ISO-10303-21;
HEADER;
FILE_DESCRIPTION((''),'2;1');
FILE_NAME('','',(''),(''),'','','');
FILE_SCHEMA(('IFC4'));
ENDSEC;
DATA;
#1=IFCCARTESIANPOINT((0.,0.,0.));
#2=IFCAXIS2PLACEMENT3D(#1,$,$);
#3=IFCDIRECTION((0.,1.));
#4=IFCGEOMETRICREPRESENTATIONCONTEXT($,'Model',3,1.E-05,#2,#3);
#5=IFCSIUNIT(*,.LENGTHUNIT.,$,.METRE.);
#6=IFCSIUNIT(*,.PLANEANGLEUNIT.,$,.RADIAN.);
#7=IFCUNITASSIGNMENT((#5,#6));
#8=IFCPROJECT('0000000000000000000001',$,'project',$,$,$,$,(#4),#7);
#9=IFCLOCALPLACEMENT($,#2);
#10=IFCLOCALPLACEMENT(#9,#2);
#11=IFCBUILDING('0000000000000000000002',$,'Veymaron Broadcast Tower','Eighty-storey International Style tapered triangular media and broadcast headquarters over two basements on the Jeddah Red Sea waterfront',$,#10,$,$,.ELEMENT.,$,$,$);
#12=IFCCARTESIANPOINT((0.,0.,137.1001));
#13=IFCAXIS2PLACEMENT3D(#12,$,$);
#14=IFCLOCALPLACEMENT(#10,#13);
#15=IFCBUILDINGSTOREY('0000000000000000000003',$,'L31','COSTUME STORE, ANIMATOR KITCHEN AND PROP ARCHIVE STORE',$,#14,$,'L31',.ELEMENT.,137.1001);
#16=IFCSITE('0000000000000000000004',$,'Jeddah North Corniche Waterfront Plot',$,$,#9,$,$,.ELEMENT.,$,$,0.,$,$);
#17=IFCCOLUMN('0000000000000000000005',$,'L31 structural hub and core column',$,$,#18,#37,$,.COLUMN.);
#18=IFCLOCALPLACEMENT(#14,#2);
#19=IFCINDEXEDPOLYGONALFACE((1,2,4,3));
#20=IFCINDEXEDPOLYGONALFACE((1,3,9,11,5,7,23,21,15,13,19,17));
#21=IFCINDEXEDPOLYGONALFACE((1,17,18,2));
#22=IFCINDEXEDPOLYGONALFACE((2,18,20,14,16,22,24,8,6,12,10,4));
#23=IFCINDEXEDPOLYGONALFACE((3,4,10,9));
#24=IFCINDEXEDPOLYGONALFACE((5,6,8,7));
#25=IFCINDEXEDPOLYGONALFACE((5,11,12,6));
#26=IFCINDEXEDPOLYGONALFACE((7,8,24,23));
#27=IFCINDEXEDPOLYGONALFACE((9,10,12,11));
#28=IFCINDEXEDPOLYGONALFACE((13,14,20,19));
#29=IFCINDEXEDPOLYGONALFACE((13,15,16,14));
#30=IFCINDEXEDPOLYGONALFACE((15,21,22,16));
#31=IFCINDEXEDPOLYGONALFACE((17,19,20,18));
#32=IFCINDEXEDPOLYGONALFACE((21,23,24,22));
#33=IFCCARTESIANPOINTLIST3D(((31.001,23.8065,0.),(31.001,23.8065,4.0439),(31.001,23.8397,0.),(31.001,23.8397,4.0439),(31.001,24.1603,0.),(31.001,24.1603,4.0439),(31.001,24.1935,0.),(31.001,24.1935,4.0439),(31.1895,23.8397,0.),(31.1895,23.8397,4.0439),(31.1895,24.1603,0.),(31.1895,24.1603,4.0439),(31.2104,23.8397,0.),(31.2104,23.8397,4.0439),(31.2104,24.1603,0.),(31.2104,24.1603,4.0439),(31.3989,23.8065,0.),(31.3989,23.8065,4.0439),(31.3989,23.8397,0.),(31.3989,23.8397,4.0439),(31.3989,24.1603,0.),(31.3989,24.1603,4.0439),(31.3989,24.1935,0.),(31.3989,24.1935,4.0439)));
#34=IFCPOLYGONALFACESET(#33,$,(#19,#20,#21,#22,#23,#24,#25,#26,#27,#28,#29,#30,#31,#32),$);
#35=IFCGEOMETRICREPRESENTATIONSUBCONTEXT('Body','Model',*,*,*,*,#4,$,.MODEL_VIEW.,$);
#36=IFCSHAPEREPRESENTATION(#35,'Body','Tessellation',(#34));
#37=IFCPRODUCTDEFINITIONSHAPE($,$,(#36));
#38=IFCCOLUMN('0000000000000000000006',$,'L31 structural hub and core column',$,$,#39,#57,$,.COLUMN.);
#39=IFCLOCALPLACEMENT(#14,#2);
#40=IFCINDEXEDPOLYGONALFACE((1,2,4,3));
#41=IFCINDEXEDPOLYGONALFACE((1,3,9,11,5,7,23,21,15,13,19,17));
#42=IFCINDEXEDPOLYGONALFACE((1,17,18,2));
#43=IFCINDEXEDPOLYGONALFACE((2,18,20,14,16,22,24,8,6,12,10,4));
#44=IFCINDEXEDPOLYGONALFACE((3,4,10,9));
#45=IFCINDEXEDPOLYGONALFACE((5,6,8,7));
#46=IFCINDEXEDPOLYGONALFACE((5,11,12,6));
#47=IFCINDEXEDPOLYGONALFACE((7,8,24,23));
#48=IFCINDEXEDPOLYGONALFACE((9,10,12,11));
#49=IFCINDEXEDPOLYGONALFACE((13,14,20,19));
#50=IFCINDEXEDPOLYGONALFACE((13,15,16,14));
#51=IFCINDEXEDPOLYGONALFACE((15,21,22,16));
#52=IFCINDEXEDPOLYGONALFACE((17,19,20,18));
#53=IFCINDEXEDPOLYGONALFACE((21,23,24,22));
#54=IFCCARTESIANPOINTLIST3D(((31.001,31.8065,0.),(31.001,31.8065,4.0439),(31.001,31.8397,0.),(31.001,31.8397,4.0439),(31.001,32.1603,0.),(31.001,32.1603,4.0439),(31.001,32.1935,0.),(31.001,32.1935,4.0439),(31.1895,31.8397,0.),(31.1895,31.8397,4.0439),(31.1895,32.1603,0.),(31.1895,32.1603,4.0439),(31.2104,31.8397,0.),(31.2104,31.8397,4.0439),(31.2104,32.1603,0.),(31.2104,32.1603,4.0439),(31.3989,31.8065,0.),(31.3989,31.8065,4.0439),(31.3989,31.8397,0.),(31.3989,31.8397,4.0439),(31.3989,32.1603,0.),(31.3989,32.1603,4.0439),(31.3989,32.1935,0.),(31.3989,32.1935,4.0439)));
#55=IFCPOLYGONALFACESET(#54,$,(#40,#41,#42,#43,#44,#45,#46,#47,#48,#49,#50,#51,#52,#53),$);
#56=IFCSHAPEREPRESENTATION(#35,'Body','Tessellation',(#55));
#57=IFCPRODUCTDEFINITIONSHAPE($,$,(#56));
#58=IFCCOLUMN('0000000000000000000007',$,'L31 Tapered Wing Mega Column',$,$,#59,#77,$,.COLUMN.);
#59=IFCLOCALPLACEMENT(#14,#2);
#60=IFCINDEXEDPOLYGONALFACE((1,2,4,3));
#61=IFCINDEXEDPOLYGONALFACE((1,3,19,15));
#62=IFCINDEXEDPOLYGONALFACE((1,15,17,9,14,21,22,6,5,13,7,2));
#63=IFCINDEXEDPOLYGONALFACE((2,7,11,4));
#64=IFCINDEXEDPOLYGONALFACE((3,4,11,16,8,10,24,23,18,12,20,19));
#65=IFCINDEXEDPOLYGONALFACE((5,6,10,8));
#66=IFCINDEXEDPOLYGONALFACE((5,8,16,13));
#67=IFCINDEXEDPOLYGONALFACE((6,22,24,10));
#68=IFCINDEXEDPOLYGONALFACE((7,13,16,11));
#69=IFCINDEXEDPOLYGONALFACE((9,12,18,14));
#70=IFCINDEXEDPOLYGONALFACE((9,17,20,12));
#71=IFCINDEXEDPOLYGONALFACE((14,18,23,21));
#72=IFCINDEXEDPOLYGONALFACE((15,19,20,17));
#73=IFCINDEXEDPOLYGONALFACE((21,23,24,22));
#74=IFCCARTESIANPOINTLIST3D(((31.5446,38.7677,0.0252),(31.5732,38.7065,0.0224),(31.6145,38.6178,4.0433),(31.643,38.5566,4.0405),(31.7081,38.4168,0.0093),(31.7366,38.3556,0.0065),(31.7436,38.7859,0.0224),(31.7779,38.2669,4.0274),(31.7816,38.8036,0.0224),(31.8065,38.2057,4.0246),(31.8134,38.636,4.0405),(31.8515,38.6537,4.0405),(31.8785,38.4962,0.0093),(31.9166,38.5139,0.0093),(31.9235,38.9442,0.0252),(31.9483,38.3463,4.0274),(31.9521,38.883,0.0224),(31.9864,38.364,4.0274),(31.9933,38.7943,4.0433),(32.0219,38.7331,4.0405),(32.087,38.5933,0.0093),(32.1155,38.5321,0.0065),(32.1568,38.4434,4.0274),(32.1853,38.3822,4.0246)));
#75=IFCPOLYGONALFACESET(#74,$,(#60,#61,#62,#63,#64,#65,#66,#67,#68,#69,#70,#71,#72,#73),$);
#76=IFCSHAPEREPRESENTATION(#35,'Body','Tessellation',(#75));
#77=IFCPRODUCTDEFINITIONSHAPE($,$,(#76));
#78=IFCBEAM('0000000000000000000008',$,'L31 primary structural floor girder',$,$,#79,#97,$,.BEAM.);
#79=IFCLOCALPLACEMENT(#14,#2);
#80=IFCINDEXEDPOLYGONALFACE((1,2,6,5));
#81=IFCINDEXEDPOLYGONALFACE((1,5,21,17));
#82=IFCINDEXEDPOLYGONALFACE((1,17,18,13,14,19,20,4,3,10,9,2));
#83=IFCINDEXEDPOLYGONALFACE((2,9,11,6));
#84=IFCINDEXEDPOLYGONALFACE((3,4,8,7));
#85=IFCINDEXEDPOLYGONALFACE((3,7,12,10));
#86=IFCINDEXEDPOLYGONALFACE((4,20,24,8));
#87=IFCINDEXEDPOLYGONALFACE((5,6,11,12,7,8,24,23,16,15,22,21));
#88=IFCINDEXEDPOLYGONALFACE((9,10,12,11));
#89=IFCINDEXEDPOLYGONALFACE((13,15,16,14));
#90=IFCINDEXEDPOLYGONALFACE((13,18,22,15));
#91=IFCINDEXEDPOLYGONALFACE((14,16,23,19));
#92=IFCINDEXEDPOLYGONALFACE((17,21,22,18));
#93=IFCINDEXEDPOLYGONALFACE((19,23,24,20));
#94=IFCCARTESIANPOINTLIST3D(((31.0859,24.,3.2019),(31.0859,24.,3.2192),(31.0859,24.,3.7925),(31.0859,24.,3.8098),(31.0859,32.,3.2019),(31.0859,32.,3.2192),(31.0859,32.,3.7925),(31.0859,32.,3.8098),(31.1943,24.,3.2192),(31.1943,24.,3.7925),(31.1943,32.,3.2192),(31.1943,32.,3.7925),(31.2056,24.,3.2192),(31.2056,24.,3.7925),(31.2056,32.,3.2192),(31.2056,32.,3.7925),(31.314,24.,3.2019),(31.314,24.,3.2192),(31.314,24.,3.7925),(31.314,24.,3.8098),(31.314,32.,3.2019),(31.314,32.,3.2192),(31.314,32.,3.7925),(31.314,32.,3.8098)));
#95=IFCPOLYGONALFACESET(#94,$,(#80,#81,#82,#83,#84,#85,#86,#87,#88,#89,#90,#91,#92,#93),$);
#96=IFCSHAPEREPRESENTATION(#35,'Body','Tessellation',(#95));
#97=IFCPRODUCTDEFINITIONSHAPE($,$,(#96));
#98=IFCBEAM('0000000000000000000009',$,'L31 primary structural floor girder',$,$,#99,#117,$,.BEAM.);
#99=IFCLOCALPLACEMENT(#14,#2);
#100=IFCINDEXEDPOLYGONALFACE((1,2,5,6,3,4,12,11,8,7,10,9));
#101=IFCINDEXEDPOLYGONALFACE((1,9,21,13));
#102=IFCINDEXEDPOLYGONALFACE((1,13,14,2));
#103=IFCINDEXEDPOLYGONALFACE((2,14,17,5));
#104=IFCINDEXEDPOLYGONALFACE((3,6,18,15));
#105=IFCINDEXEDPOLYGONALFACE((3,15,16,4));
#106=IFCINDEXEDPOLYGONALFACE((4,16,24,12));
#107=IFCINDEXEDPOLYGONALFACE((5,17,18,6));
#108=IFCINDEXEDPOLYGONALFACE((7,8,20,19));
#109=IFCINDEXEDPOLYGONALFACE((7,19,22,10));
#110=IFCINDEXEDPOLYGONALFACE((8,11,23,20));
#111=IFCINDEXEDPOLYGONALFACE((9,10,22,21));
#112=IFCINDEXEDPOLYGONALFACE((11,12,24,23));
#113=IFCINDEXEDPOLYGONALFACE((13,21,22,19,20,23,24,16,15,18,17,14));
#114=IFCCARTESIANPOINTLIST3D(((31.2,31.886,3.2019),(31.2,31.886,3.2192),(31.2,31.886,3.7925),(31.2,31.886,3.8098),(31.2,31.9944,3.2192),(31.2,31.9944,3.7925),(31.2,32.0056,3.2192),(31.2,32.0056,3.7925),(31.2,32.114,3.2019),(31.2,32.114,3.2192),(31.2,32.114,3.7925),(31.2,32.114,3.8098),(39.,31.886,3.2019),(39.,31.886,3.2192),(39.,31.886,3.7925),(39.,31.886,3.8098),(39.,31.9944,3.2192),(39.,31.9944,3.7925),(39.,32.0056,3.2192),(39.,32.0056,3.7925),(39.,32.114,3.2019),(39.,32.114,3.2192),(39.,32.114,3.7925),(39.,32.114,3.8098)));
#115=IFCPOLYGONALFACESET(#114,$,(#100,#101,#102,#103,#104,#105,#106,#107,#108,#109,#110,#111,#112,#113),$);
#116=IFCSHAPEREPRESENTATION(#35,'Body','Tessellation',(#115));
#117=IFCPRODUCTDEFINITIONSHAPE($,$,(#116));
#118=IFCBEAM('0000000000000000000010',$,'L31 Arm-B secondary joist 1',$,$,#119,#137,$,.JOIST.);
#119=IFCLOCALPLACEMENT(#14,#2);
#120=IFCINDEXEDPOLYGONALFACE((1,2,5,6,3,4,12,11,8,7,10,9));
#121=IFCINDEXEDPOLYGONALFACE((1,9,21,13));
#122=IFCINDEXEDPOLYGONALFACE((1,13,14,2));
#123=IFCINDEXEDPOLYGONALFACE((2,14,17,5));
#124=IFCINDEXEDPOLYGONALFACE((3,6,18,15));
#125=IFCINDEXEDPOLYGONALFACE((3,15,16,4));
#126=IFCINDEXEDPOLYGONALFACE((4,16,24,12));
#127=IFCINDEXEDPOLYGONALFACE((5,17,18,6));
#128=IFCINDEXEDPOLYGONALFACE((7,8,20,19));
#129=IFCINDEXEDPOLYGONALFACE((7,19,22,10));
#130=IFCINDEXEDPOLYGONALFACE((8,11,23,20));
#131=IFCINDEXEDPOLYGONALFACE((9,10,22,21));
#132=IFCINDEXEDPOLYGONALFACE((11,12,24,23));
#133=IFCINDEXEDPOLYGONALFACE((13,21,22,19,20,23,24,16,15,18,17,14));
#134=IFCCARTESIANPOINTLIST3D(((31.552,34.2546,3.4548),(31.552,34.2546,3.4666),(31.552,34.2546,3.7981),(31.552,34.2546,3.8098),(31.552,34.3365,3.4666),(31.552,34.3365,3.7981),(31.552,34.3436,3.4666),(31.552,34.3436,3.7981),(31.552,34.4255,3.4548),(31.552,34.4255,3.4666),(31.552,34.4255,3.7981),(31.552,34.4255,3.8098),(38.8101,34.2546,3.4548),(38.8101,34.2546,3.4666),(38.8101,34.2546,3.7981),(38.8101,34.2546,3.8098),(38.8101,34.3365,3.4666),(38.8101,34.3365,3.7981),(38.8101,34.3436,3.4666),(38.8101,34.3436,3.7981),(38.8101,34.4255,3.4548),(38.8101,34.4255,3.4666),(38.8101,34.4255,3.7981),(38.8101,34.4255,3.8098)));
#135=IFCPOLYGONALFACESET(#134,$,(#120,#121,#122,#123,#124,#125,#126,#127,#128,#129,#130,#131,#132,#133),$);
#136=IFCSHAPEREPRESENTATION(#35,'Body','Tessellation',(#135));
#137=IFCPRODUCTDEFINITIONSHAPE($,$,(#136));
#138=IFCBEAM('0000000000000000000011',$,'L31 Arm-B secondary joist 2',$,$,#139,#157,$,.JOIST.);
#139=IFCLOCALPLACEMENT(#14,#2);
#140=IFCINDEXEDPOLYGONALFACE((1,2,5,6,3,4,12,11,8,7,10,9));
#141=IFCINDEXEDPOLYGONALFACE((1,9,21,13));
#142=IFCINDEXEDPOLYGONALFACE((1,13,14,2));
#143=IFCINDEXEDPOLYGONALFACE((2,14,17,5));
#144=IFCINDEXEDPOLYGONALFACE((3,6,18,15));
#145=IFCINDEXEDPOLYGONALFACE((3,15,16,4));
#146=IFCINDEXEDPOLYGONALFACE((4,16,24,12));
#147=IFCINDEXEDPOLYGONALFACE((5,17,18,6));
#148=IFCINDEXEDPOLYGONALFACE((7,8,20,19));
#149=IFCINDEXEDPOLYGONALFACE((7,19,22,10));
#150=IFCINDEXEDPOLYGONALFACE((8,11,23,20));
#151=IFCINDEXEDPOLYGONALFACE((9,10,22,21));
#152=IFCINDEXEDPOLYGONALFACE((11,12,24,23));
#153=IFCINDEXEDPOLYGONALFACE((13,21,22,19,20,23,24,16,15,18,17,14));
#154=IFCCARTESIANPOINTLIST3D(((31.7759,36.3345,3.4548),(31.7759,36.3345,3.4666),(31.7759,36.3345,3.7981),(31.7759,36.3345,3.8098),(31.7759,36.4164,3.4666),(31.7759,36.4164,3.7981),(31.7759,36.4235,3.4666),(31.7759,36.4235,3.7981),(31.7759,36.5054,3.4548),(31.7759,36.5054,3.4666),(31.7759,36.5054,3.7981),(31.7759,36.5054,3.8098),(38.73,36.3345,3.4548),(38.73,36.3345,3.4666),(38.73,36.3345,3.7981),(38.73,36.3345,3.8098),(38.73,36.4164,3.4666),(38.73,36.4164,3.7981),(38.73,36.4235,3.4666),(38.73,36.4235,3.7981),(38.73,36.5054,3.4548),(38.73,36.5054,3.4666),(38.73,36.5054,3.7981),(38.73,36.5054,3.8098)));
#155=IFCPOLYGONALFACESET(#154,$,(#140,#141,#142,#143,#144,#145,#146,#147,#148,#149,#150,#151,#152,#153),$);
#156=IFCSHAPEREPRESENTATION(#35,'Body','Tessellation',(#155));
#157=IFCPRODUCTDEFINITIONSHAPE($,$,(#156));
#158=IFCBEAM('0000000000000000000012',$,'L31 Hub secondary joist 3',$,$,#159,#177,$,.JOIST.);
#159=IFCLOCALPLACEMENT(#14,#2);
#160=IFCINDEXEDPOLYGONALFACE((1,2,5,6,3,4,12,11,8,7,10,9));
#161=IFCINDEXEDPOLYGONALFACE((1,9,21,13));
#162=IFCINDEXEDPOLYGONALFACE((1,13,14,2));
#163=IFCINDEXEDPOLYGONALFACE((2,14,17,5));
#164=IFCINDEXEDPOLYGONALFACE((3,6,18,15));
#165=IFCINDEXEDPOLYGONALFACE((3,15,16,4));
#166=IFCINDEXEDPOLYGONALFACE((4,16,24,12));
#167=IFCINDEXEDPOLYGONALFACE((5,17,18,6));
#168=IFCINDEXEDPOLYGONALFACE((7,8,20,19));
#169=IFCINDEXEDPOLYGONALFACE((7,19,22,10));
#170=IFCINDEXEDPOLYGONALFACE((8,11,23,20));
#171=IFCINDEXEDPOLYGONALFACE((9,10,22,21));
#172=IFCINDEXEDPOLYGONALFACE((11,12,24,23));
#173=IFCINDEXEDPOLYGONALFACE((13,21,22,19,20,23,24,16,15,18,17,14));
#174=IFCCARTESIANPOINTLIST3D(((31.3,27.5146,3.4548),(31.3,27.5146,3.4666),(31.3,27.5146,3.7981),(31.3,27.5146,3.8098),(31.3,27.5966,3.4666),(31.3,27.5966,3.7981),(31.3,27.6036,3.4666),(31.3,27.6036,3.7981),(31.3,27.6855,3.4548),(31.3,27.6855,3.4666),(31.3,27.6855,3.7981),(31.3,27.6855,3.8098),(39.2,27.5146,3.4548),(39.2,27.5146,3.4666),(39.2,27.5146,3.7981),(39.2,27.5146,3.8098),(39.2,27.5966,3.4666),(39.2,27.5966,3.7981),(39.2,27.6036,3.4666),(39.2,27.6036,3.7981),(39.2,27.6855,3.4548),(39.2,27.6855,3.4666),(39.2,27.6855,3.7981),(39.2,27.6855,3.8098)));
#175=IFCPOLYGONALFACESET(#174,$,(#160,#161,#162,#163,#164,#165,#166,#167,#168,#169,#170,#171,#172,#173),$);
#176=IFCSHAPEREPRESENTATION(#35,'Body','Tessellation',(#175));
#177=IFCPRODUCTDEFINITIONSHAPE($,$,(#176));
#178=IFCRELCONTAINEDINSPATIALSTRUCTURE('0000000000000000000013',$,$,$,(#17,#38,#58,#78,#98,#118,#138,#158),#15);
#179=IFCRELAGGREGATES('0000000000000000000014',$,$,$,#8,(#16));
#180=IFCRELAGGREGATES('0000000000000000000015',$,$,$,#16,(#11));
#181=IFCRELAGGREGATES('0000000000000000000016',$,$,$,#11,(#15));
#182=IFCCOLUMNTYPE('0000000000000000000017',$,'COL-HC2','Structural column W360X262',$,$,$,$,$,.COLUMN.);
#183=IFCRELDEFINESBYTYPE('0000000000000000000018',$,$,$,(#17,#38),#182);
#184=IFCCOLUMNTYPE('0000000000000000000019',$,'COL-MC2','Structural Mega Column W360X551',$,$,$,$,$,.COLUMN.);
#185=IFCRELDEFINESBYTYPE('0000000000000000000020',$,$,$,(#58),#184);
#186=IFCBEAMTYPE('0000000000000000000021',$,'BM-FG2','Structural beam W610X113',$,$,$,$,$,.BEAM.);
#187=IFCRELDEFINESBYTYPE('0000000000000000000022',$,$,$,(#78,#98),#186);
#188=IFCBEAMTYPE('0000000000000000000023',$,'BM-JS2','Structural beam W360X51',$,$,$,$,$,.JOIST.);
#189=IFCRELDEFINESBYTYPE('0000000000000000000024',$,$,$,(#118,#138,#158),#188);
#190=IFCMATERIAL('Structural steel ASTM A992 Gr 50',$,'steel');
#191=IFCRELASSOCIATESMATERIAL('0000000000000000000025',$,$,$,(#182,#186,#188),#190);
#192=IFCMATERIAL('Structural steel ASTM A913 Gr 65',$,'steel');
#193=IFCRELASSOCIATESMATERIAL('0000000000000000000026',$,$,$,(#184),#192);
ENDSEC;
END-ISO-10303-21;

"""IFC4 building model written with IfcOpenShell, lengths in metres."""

from ifc_helpers import new_model, si_unit, direction, frame, origin, origin_2d, place, context, subcontext, project, spatial, i_section, extrude, material, material_profile, profile_set, type_object, element, save


model = new_model("IFC4")

# Units and contexts
model_context = context("Model", 3, precision=1e-05, world=origin(), true_north=direction((0.0, 1.0)))
body_context = subcontext(model_context, "Body", "Model", "MODEL_VIEW")
ifc_project = project(units=[si_unit("LENGTHUNIT", "METRE"), si_unit("PLANEANGLEUNIT", "RADIAN")], contexts=[model_context])

# Site, building, storey
site_placement = place(None, origin())
site = spatial("IfcSite", under=ifc_project, at=site_placement, Name="Jeddah North Corniche Waterfront Plot", CompositionType="ELEMENT", RefElevation=0.0)
building_placement = place(site_placement, origin())
building = spatial("IfcBuilding", under=site, at=building_placement, Name="Veymaron Broadcast Tower", Description="Eighty-storey International Style tapered triangular media and broadcast headquarters over two basements on the Jeddah Red Sea waterfront", CompositionType="ELEMENT")
storey_placement = place(building_placement, frame((0.0, 0.0, 137.1001)))
storey = spatial("IfcBuildingStorey", under=building, at=storey_placement, Name="L31", Description="COSTUME STORE, ANIMATOR KITCHEN AND PROP ARCHIVE STORE", LongName="L31", CompositionType="ELEMENT", Elevation=137.1001)

# Columns
ifc_material_1 = material(Name="Structural steel ASTM A992 Gr 50", Category="steel")
ifc_material_profile_1 = material_profile(ifc_material_1, i_section(OverallWidth=0.3979, OverallDepth=0.387, WebThickness=0.021, FlangeThickness=0.0332, at=origin_2d()), Name="W360X262")
ifc_profile_set_1 = profile_set([ifc_material_profile_1], Name="Structural steel ASTM A992 Gr 50")
column_type_1 = type_object("IfcColumnType", Name="COL-HC2", Description="Structural column W360X262", PredefinedType="COLUMN", material=ifc_profile_set_1)
for number, where, z_axis, x_axis, name in (
    (1, (31.2, 24.0, 0.0), (0.0, 0.0, 1.0), (1.0, 0.0, 0.0), "L31 structural hub and core column"),
    (2, (31.2, 32.0, 0.0), (0.0, 0.0, 1.0), (1.0, 0.0, 0.0), "L31 structural hub and core column"),
):
    element("IfcColumn", number, at=place(storey_placement, frame(where, z_axis=z_axis, x_axis=x_axis)), inside=storey, type_object=column_type_1, Name=name, PredefinedType="COLUMN", context=body_context, shape_type="SweptSolid", body=[
        extrude(i_section(OverallWidth=0.3979, OverallDepth=0.387, WebThickness=0.021, FlangeThickness=0.0332, at=origin_2d()), origin(), (0.0, 0.0, 1.0), 4.0439),
    ])
ifc_material_2 = material(Name="Structural steel ASTM A913 Gr 65", Category="steel")
ifc_material_profile_2 = material_profile(ifc_material_2, i_section(OverallWidth=0.418, OverallDepth=0.4551, WebThickness=0.042, FlangeThickness=0.0676, at=origin_2d()), Name="W360X551")
ifc_profile_set_2 = profile_set([ifc_material_profile_2], Name="Structural steel ASTM A913 Gr 65")
column_type_2 = type_object("IfcColumnType", Name="COL-MC2", Description="Structural Mega Column W360X551", PredefinedType="COLUMN", material=ifc_profile_set_2)
column_placement = place(storey_placement, frame((31.8301, 38.6499, 0.0159), z_axis=(0.017363, -0.037276, 0.999154), x_axis=(0.906485, 0.422239, 0.0)))
element("IfcColumn", 3, at=column_placement, inside=storey, type_object=column_type_2, Name="L31 Tapered Wing Mega Column", PredefinedType="COLUMN", context=body_context, shape_type="SweptSolid", body=[
    extrude(i_section(OverallWidth=0.418, OverallDepth=0.4551, WebThickness=0.042, FlangeThickness=0.0676, at=origin_2d()), origin(), (0.0, 0.0, 1.0), 4.0215),
])

# Beams
ifc_material_profile_3 = material_profile(ifc_material_1, i_section(OverallWidth=0.228, OverallDepth=0.6079, WebThickness=0.0112, FlangeThickness=0.0173, at=origin_2d()), Name="W610X113")
ifc_profile_set_3 = profile_set([ifc_material_profile_3], Name="Structural steel ASTM A992 Gr 50")
beam_type_1 = type_object("IfcBeamType", Name="BM-FG2", Description="Structural beam W610X113", PredefinedType="BEAM", material=ifc_profile_set_3)
beam_1_placement = place(storey_placement, frame((31.2, 24.0, 3.5059), z_axis=(0.0, 1.0, 0.0), x_axis=(-1.0, 0.0, 0.0)))
element("IfcBeam", 4, at=beam_1_placement, inside=storey, type_object=beam_type_1, Name="L31 primary structural floor girder", PredefinedType="BEAM", context=body_context, shape_type="SweptSolid", body=[
    extrude(i_section(OverallWidth=0.228, OverallDepth=0.6079, WebThickness=0.0112, FlangeThickness=0.0173, at=origin_2d()), origin(), (0.0, 0.0, 1.0), 8.0),
])
beam_2_placement = place(storey_placement, frame((31.2, 32.0, 3.5059), z_axis=(1.0, 0.0, 0.0), x_axis=(0.0, 1.0, 0.0)))
element("IfcBeam", 5, at=beam_2_placement, inside=storey, type_object=beam_type_1, Name="L31 primary structural floor girder", PredefinedType="BEAM", context=body_context, shape_type="SweptSolid", body=[
    extrude(i_section(OverallWidth=0.228, OverallDepth=0.6079, WebThickness=0.0112, FlangeThickness=0.0173, at=origin_2d()), origin(), (0.0, 0.0, 1.0), 7.8),
])
ifc_material_profile_4 = material_profile(ifc_material_1, i_section(OverallWidth=0.1709, OverallDepth=0.355, WebThickness=0.0071, FlangeThickness=0.0117, at=origin_2d()), Name="W360X51")
ifc_profile_set_4 = profile_set([ifc_material_profile_4], Name="Structural steel ASTM A992 Gr 50")
beam_type_2 = type_object("IfcBeamType", Name="BM-JS2", Description="Structural beam W360X51", PredefinedType="JOIST", material=ifc_profile_set_4)
beam_3_placement = place(storey_placement, frame((31.552, 34.3401, 3.6323), z_axis=(1.0, 0.0, 0.0), x_axis=(0.0, 1.0, 0.0)))
element("IfcBeam", 6, at=beam_3_placement, inside=storey, type_object=beam_type_2, Name="L31 Arm-B secondary joist 1", PredefinedType="JOIST", context=body_context, shape_type="SweptSolid", body=[
    extrude(i_section(OverallWidth=0.1709, OverallDepth=0.355, WebThickness=0.0071, FlangeThickness=0.0117, at=origin_2d()), origin(), (0.0, 0.0, 1.0), 7.2581),
])
beam_4_placement = place(storey_placement, frame((31.7759, 36.4199, 3.6323), z_axis=(1.0, 0.0, 0.0), x_axis=(0.0, 1.0, 0.0)))
element("IfcBeam", 7, at=beam_4_placement, inside=storey, type_object=beam_type_2, Name="L31 Arm-B secondary joist 2", PredefinedType="JOIST", context=body_context, shape_type="SweptSolid", body=[
    extrude(i_section(OverallWidth=0.1709, OverallDepth=0.355, WebThickness=0.0071, FlangeThickness=0.0117, at=origin_2d()), origin(), (0.0, 0.0, 1.0), 6.9541),
])
for number, where, z_axis, x_axis, name in (
    (8, (31.3, 27.6001, 3.6323), (1.0, 0.0, 0.0), (0.0, 1.0, 0.0), "L31 Hub secondary joist 3"),
):
    element("IfcBeam", number, at=place(storey_placement, frame(where, z_axis=z_axis, x_axis=x_axis)), inside=storey, type_object=beam_type_2, Name=name, PredefinedType="JOIST", context=body_context, shape_type="SweptSolid", body=[
        extrude(i_section(OverallWidth=0.1709, OverallDepth=0.355, WebThickness=0.0071, FlangeThickness=0.0117, at=origin_2d()), origin(), (0.0, 0.0, 1.0), 7.8999),
    ])

save(model, "model.ifc")
